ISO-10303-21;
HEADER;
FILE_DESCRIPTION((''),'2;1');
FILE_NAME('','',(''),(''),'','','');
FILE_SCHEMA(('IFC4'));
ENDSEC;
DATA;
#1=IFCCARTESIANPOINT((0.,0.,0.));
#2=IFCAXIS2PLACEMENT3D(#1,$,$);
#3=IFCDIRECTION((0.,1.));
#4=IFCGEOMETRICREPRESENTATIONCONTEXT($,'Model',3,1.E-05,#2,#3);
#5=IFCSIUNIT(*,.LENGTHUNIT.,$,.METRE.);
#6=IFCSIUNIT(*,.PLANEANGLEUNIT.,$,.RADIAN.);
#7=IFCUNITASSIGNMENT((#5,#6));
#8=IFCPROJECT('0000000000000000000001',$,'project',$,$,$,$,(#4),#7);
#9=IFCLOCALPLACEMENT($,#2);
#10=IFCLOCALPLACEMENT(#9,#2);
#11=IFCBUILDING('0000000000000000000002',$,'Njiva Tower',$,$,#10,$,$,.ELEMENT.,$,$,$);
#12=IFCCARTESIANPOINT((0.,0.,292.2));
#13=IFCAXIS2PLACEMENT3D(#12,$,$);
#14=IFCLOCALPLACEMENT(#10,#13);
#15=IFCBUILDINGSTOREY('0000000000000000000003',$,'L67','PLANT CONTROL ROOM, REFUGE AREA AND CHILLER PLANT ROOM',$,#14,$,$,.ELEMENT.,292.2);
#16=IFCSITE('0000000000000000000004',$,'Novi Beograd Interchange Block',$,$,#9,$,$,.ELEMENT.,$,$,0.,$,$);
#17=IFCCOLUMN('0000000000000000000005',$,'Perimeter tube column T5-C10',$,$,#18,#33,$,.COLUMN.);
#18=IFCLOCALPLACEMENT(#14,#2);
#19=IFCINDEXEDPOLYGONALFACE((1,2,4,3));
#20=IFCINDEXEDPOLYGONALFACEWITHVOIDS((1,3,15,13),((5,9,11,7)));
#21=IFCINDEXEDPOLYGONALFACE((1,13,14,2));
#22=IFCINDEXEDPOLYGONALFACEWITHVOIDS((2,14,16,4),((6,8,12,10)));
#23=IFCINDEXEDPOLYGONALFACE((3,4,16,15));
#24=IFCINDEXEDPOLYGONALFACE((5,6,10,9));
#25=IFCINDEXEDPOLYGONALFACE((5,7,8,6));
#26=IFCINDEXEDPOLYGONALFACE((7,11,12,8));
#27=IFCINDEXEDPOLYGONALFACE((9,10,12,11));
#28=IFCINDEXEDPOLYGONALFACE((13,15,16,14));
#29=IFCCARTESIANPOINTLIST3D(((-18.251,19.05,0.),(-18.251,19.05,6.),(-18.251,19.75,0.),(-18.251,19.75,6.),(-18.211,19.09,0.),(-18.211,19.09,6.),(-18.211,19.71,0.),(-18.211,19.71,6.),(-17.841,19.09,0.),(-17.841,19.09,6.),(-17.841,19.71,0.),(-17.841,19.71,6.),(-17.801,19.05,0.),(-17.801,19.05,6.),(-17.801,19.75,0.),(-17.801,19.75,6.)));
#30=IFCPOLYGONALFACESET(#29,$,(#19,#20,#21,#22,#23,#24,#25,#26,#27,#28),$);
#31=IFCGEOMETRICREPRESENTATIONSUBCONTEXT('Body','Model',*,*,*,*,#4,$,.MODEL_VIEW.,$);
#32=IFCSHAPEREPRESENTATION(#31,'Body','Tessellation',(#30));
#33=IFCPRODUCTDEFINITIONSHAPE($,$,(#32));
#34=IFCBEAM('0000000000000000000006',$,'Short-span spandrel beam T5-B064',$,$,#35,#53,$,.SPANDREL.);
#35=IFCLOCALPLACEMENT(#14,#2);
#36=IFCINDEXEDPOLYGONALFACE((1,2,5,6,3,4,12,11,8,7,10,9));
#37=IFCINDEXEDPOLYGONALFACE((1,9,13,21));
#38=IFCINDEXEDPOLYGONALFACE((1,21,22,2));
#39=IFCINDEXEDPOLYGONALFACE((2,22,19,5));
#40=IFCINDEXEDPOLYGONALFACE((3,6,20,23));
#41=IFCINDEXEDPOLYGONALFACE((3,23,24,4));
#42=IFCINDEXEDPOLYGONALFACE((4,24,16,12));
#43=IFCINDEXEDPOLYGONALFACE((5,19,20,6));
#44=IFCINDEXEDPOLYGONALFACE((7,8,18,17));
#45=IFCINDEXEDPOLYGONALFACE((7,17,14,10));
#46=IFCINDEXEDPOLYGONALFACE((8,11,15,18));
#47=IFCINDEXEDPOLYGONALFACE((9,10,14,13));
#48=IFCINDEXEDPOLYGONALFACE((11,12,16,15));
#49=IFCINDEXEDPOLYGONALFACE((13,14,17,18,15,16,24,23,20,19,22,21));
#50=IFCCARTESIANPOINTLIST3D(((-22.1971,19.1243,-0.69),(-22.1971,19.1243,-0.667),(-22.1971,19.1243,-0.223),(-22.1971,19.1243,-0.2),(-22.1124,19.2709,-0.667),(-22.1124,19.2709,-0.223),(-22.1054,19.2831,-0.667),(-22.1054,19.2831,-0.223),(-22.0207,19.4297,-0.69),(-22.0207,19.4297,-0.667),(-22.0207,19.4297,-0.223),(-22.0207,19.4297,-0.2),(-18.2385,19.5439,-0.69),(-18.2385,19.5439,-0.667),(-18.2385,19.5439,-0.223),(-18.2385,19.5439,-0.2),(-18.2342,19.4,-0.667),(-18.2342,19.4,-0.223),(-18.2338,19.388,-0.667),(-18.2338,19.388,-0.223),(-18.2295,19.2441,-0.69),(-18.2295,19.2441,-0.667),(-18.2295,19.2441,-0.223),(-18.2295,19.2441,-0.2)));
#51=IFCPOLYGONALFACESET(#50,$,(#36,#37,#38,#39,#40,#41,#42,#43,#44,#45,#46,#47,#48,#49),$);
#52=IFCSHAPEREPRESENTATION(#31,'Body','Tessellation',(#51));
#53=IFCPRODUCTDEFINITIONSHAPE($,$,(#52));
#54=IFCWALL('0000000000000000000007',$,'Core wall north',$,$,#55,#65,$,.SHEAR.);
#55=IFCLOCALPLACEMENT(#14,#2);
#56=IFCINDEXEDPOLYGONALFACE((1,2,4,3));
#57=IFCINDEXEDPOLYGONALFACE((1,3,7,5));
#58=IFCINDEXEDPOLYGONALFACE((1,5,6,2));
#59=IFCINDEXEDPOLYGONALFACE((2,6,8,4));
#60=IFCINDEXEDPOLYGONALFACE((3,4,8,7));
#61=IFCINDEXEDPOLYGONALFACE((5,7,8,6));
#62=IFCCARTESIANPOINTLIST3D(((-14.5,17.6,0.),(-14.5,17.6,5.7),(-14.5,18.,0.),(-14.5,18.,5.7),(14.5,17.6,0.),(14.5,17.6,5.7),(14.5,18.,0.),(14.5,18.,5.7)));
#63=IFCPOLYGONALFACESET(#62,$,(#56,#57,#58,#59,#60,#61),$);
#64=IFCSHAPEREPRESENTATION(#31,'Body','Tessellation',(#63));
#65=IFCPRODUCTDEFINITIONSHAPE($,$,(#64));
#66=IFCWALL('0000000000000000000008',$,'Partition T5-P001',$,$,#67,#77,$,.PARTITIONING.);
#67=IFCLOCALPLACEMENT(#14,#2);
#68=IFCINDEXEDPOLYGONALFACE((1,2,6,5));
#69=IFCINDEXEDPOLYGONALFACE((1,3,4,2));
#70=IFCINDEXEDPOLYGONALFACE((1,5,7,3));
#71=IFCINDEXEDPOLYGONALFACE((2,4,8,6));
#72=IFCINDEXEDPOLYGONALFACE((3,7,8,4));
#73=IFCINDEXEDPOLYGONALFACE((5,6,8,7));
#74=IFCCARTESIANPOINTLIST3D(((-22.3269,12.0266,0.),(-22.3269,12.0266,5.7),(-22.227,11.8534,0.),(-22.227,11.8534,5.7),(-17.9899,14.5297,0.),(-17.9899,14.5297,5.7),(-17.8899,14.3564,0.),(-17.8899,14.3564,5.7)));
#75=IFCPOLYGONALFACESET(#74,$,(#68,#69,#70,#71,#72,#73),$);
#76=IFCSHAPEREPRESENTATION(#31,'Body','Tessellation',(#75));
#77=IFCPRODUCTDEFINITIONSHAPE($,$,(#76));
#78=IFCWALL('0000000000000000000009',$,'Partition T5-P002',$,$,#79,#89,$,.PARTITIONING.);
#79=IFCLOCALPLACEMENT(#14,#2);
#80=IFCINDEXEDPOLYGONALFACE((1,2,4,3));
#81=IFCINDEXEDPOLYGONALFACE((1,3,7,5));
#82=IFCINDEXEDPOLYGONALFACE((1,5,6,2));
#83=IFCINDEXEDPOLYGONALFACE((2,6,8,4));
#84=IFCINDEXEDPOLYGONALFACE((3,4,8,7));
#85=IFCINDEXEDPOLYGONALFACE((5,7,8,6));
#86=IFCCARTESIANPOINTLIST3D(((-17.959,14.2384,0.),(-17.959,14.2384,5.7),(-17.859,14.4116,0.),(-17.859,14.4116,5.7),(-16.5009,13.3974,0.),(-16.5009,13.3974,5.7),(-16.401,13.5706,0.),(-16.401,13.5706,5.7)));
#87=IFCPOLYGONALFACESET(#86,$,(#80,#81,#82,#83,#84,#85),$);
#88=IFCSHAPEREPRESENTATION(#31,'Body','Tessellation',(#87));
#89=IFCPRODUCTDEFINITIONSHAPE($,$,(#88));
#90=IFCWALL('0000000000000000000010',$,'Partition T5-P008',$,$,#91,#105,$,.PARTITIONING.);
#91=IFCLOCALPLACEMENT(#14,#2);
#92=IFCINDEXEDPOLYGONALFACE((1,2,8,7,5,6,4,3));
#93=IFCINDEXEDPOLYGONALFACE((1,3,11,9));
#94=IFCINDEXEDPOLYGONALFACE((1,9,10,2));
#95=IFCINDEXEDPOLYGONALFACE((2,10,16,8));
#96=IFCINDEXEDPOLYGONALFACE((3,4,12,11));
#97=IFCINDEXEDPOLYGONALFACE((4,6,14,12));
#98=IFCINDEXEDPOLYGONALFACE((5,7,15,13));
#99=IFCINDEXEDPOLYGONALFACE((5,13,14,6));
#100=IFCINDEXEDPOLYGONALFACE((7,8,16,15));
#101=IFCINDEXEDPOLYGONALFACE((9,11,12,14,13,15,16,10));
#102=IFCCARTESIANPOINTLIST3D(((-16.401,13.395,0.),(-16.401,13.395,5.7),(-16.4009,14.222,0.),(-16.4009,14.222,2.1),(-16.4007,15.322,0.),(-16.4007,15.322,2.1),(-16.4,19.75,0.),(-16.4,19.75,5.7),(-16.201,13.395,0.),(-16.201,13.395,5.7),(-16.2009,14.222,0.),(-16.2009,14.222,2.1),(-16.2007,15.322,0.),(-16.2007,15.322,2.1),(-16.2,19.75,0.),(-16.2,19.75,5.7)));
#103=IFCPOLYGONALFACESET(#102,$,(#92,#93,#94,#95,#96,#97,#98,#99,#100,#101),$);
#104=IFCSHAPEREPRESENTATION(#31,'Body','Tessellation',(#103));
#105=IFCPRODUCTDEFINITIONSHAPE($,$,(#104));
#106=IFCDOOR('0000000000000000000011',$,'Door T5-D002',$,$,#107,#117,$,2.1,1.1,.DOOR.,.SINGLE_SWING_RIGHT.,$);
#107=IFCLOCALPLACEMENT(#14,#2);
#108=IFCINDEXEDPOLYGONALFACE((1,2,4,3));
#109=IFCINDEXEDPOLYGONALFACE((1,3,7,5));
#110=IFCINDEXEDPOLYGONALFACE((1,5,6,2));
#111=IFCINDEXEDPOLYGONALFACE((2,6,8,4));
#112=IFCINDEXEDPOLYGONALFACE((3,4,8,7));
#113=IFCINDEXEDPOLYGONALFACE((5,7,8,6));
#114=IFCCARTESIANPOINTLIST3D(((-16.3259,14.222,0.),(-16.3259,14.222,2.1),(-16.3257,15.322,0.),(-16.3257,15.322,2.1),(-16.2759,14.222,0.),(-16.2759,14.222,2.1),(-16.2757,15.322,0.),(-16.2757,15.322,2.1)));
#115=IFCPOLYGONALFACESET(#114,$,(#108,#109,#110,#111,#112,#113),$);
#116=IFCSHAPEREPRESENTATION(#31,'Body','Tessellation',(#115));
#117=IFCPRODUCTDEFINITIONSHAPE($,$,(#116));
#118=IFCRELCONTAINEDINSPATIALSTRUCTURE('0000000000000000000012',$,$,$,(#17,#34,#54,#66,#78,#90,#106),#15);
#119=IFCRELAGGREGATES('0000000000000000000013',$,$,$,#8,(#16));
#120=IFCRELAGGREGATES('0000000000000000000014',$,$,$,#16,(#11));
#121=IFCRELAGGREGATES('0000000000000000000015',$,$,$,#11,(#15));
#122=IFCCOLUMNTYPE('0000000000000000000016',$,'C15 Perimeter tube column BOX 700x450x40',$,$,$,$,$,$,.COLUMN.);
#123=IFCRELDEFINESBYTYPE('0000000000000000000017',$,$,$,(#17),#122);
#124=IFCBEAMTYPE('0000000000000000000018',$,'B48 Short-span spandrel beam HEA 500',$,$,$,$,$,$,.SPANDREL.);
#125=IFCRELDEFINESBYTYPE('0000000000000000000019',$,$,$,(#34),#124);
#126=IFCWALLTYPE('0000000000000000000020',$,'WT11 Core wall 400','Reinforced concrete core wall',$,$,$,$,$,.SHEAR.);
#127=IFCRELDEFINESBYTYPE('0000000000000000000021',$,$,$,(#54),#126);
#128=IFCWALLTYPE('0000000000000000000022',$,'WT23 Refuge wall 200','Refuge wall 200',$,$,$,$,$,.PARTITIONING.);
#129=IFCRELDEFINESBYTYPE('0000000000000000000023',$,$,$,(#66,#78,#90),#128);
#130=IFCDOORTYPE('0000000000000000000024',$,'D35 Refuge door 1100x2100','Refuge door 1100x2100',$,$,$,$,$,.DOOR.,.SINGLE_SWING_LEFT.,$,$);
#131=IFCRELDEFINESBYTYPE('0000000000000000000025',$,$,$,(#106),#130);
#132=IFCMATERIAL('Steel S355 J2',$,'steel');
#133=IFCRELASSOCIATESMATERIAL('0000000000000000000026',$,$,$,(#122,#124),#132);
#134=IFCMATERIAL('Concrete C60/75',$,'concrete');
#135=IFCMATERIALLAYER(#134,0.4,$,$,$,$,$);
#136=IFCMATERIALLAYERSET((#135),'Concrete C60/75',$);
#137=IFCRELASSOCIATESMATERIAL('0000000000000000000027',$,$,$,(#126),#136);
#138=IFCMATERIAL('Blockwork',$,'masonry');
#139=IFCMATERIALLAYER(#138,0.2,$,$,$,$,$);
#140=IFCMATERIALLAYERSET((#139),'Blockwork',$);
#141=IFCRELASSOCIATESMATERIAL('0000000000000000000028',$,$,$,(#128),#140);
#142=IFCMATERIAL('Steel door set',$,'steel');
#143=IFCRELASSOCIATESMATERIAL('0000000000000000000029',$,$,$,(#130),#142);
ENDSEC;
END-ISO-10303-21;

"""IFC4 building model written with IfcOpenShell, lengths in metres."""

from ifc_helpers import new_model, si_unit, direction, frame, frame_2d, origin, origin_2d, place, context, subcontext, project, spatial, rectangle, hollow_rectangle, i_section, extrude, clip, halfspace, material, layer, layer_set, material_profile, profile_set, type_object, element, fill, save


model = new_model("IFC4")

# Units and contexts
model_context = context("Model", 3, precision=1e-05, world=origin(), true_north=direction((0.0, 1.0)))
body_context = subcontext(model_context, "Body", "Model", "MODEL_VIEW")
ifc_project = project(units=[si_unit("LENGTHUNIT", "METRE"), si_unit("PLANEANGLEUNIT", "RADIAN")], contexts=[model_context])

# Site, building, storey
site_placement = place(None, origin())
site = spatial("IfcSite", under=ifc_project, at=site_placement, Name="Novi Beograd Interchange Block", CompositionType="ELEMENT", RefElevation=0.0)
building_placement = place(site_placement, origin())
building = spatial("IfcBuilding", under=site, at=building_placement, Name="Njiva Tower", CompositionType="ELEMENT")
storey_placement = place(building_placement, frame((0.0, 0.0, 292.2)))
storey = spatial("IfcBuildingStorey", under=building, at=storey_placement, Name="L67", Description="PLANT CONTROL ROOM, REFUGE AREA AND CHILLER PLANT ROOM", CompositionType="ELEMENT", Elevation=292.2)

# Column
ifc_material_1 = material(Name="Steel S355 J2", Category="steel")
ifc_material_profile_1 = material_profile(ifc_material_1, hollow_rectangle(XDim=0.45, YDim=0.7, WallThickness=0.04, at=origin_2d()), Name="BOX 700x450x40")
ifc_profile_set_1 = profile_set([ifc_material_profile_1], Name="Steel S355 J2")
column_type = type_object("IfcColumnType", Name="C15 Perimeter tube column BOX 700x450x40", PredefinedType="COLUMN", material=ifc_profile_set_1)
column_placement = place(storey_placement, frame((-18.026, 19.4, 0.0), z_axis=(0.0, 0.0, 1.0), x_axis=(-1.0, 0.0, 0.0)))
element("IfcColumn", 1, at=column_placement, inside=storey, type_object=column_type, Name="Perimeter tube column T5-C10", PredefinedType="COLUMN", context=body_context, shape_type="SweptSolid", body=[
    extrude(hollow_rectangle(XDim=0.45, YDim=0.7, WallThickness=0.04, at=origin_2d()), origin(), (0.0, 0.0, 1.0), 6.0),
])

# Beam
ifc_material_profile_2 = material_profile(ifc_material_1, i_section(OverallWidth=0.3, OverallDepth=0.49, WebThickness=0.012, FlangeThickness=0.023, at=origin_2d()), Name="HEA 500")
ifc_profile_set_2 = profile_set([ifc_material_profile_2], Name="Steel S355 J2")
beam_type = type_object("IfcBeamType", Name="B48 Short-span spandrel beam HEA 500", PredefinedType="SPANDREL", material=ifc_profile_set_2)
beam_placement = place(storey_placement, frame((-18.234, 19.394, -0.445), z_axis=(-0.999544, -0.03018, 0.0), x_axis=(0.03018, -0.999544, 0.0)))
element("IfcBeam", 2, at=beam_placement, inside=storey, type_object=beam_type, Name="Short-span spandrel beam T5-B064", PredefinedType="SPANDREL", context=body_context, shape_type="Clipping", body=[
    clip(extrude(i_section(OverallWidth=0.3, OverallDepth=0.49, WebThickness=0.012, FlangeThickness=0.023, at=origin_2d()), origin(), (0.0, 0.0, 1.0), 3.9898), halfspace(frame((-0.0266, 0.0, 3.8602), z_axis=(-0.525907, 0.0, 0.850542), x_axis=(0.0, 1.0, 0.0)), False)),
])

# Walls
ifc_material_2 = material(Name="Concrete C60/75", Category="concrete")
ifc_layer_1 = layer(ifc_material_2, 0.4)
ifc_layer_set_1 = layer_set([ifc_layer_1], Name="Concrete C60/75")
wall_type_1 = type_object("IfcWallType", Name="WT11 Core wall 400", Description="Reinforced concrete core wall", PredefinedType="SHEAR", material=ifc_layer_set_1)
wall_1_placement = place(storey_placement, frame((-14.5, 17.8, 0.0), z_axis=(0.0, 0.0, 1.0), x_axis=(1.0, 0.0, 0.0)))
element("IfcWall", 3, at=wall_1_placement, inside=storey, type_object=wall_type_1, Name="Core wall north", PredefinedType="SHEAR", context=body_context, shape_type="SweptSolid", body=[
    extrude(rectangle(XDim=29.0, YDim=0.4, at=frame_2d((14.5, 0.0))), origin(), (0.0, 0.0, 1.0), 5.7),
])
ifc_material_3 = material(Name="Blockwork", Category="masonry")
ifc_layer_2 = layer(ifc_material_3, 0.2)
ifc_layer_set_2 = layer_set([ifc_layer_2], Name="Blockwork")
wall_type_2 = type_object("IfcWallType", Name="WT23 Refuge wall 200", Description="Refuge wall 200", PredefinedType="PARTITIONING", material=ifc_layer_set_2)
wall_2_placement = place(storey_placement, frame((-22.277, 11.94, 0.0), z_axis=(0.0, 0.0, 1.0), x_axis=(0.866109, 0.499855, 0.0)))
element("IfcWall", 4, at=wall_2_placement, inside=storey, type_object=wall_type_2, Name="Partition T5-P001", PredefinedType="PARTITIONING", context=body_context, shape_type="SweptSolid", body=[
    extrude(rectangle(XDim=5.0075, YDim=0.2, at=frame_2d((2.5038, 0.0))), origin(), (0.0, 0.0, 1.0), 5.7),
])
wall_3_placement = place(storey_placement, frame((-17.909, 14.325, 0.0), z_axis=(0.0, 0.0, 1.0), x_axis=(0.866225, -0.499654, 0.0)))
element("IfcWall", 5, at=wall_3_placement, inside=storey, type_object=wall_type_2, Name="Partition T5-P002", PredefinedType="PARTITIONING", context=body_context, shape_type="SweptSolid", body=[
    extrude(rectangle(XDim=1.6832, YDim=0.2, at=frame_2d((0.8416, 0.0))), origin(), (0.0, 0.0, 1.0), 5.7),
])

# Wall, opening, door
wall_4_placement = place(storey_placement, frame((-16.301, 13.395, 0.0), z_axis=(0.0, 0.0, 1.0), x_axis=(0.000157, 1.0, 0.0)))
wall_4 = element("IfcWall", 6, at=wall_4_placement, inside=storey, type_object=wall_type_2, Name="Partition T5-P008", PredefinedType="PARTITIONING", context=body_context, shape_type="SweptSolid", body=[
    extrude(rectangle(XDim=6.355, YDim=0.2, at=frame_2d((3.1775, 0.0))), origin(), (0.0, 0.0, 1.0), 5.7),
])
opening_placement = place(wall_4_placement, frame((0.827, 0.0, 0.0)))
opening = element("IfcOpeningElement", 7, at=opening_placement, cuts=wall_4, PredefinedType="OPENING", context=body_context, shape_type="SweptSolid", body=[
    extrude(rectangle(XDim=1.1, YDim=2.1, at=frame_2d((0.55, 1.05))), frame((0.0, 0.11, 0.0), z_axis=(0.0, -1.0, 0.0), x_axis=(1.0, 0.0, 0.0)), (0.0, 0.0, 1.0), 0.22),
])
ifc_material_4 = material(Name="Steel door set", Category="steel")
door_type = type_object("IfcDoorType", Name="D35 Refuge door 1100x2100", Description="Refuge door 1100x2100", OperationType="SINGLE_SWING_LEFT", PredefinedType="DOOR", material=ifc_material_4)
door_placement = place(opening_placement, origin())
door = element("IfcDoor", 8, at=door_placement, inside=storey, type_object=door_type, Name="Door T5-D002", OperationType="SINGLE_SWING_RIGHT", OverallHeight=2.1, OverallWidth=1.1, PredefinedType="DOOR", context=body_context, shape_type="SweptSolid", body=[
    extrude(rectangle(XDim=1.1, YDim=2.1, at=frame_2d((0.55, 1.05))), frame((0.0, 0.025, 0.0), z_axis=(0.0, -1.0, 0.0), x_axis=(1.0, 0.0, 0.0)), (0.0, 0.0, 1.0), 0.05),
])
fill(opening, door)

save(model, "model.ifc")
